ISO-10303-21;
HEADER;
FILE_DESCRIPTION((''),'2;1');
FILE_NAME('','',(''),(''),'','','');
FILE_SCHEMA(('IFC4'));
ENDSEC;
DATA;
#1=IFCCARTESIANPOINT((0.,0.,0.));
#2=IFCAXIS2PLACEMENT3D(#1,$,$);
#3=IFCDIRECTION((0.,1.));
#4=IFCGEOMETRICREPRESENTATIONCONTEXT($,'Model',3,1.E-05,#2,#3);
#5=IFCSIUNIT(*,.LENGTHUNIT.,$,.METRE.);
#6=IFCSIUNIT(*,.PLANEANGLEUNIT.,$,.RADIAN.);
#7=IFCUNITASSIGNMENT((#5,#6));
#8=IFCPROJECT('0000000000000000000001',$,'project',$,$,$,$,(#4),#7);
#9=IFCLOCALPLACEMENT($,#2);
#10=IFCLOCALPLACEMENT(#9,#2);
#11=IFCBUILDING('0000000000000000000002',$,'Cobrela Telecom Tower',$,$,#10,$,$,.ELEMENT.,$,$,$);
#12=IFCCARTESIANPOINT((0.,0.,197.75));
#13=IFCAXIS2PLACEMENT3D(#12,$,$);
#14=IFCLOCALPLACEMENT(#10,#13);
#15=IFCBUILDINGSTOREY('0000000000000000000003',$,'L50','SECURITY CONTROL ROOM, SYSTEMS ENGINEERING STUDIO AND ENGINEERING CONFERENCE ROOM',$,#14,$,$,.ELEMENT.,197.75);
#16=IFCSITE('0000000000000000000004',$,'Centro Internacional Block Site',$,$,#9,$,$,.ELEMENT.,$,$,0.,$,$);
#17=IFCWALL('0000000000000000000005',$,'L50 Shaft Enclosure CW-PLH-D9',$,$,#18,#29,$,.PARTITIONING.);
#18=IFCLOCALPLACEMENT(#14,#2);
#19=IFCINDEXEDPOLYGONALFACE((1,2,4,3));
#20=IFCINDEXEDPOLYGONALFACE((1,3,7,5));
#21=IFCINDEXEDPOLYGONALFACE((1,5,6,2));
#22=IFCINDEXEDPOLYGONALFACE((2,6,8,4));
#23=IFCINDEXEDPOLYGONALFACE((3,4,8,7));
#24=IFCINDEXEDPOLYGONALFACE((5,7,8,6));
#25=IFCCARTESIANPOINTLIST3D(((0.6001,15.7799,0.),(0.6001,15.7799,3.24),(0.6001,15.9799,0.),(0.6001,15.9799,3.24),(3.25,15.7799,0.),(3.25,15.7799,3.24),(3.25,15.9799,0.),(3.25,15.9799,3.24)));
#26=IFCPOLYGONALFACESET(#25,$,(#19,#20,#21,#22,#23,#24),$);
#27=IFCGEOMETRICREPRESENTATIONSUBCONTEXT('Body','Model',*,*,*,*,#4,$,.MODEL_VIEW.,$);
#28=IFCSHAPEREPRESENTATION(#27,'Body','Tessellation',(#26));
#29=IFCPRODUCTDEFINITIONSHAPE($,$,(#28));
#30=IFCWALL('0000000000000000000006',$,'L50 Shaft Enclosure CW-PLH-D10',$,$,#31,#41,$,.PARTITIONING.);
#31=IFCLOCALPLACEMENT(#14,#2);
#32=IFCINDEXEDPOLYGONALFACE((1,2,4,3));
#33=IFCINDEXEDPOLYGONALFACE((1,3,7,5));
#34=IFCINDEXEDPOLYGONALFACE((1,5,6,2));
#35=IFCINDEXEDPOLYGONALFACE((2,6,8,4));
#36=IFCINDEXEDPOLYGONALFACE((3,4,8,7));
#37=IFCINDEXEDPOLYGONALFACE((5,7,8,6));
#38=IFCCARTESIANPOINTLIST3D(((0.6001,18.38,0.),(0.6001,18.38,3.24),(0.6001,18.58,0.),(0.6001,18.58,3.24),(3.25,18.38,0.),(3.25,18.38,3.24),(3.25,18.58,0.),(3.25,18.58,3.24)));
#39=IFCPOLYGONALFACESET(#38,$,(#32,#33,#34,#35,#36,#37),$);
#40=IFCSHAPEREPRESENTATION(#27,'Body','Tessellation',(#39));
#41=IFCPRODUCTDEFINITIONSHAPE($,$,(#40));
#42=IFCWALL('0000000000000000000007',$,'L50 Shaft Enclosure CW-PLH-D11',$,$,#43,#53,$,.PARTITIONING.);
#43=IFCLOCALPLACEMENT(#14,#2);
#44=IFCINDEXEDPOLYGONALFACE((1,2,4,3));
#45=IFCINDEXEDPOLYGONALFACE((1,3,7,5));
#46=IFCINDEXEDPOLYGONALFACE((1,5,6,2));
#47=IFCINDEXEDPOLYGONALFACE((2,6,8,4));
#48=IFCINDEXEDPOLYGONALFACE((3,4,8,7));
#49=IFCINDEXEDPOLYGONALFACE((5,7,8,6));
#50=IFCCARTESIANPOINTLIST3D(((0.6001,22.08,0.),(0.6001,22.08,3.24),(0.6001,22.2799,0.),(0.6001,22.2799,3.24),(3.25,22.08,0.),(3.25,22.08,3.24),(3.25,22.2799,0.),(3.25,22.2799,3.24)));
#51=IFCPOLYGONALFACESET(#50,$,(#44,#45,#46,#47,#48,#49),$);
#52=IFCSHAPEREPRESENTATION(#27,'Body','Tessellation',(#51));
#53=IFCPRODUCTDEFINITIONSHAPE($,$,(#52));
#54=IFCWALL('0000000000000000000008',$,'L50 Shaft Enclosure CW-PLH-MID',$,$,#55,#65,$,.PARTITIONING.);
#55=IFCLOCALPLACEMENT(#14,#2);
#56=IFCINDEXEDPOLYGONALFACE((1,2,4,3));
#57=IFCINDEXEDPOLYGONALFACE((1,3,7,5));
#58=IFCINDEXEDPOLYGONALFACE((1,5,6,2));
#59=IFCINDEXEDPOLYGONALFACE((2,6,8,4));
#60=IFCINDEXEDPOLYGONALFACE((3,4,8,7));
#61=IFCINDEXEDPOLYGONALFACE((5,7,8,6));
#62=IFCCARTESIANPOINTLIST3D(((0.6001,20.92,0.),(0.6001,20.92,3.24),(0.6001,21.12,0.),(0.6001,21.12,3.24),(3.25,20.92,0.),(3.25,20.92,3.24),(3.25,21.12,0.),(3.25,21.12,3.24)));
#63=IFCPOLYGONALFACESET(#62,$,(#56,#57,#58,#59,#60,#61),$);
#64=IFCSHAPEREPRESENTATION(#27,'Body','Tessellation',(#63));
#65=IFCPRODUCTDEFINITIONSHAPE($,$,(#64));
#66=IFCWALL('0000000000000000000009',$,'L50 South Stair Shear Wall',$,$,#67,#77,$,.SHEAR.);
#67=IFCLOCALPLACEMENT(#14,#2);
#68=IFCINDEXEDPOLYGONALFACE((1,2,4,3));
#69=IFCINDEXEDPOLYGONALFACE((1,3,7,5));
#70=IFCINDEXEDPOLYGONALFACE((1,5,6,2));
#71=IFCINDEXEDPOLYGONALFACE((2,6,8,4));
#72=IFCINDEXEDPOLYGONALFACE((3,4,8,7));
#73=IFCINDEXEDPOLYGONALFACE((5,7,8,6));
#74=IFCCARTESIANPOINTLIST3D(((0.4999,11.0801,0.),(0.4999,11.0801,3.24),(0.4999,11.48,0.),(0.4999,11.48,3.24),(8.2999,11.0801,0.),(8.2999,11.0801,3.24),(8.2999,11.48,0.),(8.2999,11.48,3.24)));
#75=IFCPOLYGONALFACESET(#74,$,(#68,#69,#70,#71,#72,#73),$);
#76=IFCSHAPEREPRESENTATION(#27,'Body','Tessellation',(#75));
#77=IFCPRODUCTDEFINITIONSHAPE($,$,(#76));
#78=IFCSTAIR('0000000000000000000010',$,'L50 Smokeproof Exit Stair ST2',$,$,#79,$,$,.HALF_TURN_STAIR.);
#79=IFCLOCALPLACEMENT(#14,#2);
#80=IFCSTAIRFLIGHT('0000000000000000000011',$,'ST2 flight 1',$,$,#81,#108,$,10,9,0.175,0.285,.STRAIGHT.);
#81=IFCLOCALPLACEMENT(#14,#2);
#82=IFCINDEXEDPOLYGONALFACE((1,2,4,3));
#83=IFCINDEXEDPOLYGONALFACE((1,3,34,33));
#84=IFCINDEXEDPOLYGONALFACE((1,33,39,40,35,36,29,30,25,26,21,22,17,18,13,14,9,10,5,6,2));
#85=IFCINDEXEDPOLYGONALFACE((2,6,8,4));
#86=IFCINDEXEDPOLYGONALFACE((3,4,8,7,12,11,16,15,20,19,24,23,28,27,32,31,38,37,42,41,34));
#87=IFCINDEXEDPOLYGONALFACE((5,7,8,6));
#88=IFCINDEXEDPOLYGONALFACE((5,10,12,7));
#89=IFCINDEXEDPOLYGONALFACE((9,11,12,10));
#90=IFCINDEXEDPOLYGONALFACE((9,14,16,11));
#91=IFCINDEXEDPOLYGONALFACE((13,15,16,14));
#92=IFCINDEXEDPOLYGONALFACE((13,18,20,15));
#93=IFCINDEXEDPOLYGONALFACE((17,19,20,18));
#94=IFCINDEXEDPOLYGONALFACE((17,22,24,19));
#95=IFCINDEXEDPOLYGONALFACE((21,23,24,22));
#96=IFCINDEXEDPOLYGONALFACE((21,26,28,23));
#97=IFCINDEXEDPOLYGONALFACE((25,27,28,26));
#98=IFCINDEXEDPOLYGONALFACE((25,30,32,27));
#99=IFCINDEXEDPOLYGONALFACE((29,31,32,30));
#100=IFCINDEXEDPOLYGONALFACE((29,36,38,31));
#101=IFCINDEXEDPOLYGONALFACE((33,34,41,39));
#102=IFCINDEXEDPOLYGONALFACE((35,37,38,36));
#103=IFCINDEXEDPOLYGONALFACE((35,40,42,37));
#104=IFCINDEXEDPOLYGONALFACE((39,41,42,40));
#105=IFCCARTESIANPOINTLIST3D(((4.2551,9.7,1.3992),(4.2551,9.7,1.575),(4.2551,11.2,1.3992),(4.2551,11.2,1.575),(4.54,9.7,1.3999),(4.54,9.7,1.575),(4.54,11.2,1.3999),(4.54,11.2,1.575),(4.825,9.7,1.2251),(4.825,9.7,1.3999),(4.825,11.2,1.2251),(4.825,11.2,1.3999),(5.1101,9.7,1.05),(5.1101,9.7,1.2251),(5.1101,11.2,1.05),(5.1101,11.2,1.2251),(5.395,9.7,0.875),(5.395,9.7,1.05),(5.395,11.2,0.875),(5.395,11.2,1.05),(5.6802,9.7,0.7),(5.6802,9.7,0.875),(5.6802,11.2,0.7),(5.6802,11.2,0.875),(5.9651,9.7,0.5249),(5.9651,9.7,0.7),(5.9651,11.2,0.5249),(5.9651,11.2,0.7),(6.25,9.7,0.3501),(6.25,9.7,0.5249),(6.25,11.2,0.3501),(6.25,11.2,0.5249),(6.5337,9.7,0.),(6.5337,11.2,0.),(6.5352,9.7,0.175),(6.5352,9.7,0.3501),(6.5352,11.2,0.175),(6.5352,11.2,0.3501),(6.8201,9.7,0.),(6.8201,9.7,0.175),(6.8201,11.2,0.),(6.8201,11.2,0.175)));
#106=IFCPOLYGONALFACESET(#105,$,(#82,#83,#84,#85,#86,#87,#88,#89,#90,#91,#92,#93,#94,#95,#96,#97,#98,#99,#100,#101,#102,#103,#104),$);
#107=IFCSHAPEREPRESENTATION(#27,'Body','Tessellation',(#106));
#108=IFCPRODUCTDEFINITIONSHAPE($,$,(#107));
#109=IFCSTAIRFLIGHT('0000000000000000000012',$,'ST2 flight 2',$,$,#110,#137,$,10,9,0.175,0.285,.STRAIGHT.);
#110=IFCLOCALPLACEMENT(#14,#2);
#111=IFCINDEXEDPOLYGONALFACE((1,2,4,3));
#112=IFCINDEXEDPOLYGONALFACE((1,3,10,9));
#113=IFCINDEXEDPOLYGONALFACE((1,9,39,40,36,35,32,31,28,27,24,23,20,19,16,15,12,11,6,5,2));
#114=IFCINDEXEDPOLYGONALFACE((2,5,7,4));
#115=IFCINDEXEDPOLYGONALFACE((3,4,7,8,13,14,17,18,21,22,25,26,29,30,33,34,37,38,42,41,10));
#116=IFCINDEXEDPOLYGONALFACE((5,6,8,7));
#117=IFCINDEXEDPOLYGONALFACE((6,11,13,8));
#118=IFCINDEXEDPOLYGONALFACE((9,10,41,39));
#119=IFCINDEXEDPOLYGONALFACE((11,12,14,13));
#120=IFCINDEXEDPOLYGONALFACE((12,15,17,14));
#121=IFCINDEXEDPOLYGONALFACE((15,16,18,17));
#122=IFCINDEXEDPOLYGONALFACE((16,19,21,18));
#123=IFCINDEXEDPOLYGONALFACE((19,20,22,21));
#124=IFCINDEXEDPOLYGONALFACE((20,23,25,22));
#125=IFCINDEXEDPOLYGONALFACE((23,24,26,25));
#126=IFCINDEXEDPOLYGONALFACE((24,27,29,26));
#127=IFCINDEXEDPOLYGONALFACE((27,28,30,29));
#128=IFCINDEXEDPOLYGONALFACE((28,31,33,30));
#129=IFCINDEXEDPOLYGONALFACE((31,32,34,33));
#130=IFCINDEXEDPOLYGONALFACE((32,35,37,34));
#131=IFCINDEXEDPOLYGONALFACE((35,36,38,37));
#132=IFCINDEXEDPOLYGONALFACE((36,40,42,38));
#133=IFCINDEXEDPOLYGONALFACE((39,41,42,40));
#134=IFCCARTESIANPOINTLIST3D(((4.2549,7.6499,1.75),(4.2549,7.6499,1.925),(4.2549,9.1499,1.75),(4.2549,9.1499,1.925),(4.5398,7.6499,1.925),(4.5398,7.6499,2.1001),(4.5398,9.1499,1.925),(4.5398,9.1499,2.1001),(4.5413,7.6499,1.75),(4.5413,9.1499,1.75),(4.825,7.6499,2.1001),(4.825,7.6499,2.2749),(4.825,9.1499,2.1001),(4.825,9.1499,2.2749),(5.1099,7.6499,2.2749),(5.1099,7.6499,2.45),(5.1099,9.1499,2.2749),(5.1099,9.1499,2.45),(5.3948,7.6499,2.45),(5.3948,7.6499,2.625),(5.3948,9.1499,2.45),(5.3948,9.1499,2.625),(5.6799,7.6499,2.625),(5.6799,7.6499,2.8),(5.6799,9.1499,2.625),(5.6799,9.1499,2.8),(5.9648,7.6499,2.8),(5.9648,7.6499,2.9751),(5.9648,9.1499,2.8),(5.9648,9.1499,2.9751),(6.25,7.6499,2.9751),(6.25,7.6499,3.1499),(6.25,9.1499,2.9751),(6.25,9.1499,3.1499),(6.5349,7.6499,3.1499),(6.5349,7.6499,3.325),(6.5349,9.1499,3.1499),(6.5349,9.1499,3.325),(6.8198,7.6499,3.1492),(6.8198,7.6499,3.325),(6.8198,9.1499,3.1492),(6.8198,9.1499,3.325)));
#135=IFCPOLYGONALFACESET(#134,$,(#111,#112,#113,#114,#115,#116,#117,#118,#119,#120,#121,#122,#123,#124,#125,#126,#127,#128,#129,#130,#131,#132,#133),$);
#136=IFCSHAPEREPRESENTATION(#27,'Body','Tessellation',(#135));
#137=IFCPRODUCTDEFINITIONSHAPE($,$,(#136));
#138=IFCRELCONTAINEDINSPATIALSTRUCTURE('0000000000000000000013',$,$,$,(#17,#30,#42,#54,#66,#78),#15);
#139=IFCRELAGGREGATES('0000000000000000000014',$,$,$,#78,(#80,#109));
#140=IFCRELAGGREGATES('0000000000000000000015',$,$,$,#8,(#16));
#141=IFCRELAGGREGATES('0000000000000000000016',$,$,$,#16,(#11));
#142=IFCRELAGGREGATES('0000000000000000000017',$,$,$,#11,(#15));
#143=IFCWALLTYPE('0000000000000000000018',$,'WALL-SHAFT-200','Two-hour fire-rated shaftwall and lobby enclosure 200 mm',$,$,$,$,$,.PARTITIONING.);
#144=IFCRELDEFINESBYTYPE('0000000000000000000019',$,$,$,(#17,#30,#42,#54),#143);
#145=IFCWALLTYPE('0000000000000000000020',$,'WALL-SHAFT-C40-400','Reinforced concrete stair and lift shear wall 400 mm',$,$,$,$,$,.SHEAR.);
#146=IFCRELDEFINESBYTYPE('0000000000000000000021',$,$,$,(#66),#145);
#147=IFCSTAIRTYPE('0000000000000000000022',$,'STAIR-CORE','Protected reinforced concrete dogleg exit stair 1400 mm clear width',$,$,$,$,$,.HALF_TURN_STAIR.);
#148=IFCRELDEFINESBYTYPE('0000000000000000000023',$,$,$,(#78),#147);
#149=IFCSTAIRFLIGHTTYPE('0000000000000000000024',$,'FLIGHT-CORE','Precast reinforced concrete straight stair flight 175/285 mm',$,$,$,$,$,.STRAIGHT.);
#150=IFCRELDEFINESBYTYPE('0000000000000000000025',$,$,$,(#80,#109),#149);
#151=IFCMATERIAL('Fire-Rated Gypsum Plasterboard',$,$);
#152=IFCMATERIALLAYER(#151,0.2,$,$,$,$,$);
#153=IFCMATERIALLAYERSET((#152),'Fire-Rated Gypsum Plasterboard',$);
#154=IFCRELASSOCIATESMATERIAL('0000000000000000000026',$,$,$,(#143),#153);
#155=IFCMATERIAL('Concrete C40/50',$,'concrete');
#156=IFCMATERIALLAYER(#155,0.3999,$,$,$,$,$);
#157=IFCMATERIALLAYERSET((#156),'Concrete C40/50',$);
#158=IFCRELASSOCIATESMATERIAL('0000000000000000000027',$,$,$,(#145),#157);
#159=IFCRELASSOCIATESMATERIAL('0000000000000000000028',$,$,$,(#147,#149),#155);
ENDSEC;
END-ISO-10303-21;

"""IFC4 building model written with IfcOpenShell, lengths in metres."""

from ifc_helpers import new_model, si_unit, direction, frame, frame_2d, origin, place, context, subcontext, project, spatial, polyline, rectangle, outline, extrude, material, layer, layer_set, type_object, element, aggregate, save


model = new_model("IFC4")

# Units and contexts
model_context = context("Model", 3, precision=1e-05, world=origin(), true_north=direction((0.0, 1.0)))
body_context = subcontext(model_context, "Body", "Model", "MODEL_VIEW")
ifc_project = project(units=[si_unit("LENGTHUNIT", "METRE"), si_unit("PLANEANGLEUNIT", "RADIAN")], contexts=[model_context])

# Site, building, storey
site_placement = place(None, origin())
site = spatial("IfcSite", under=ifc_project, at=site_placement, Name="Centro Internacional Block Site", CompositionType="ELEMENT", RefElevation=0.0)
building_placement = place(site_placement, origin())
building = spatial("IfcBuilding", under=site, at=building_placement, Name="Cobrela Telecom Tower", CompositionType="ELEMENT")
storey_placement = place(building_placement, frame((0.0, 0.0, 197.75)))
storey = spatial("IfcBuildingStorey", under=building, at=storey_placement, Name="L50", Description="SECURITY CONTROL ROOM, SYSTEMS ENGINEERING STUDIO AND ENGINEERING CONFERENCE ROOM", CompositionType="ELEMENT", Elevation=197.75)

# Shared definitions
ifc_material_1 = material(Name="Fire-Rated Gypsum Plasterboard")

# Shared definitions
ifc_layer_1 = layer(ifc_material_1, 0.2)
ifc_layer_set_1 = layer_set([ifc_layer_1], Name="Fire-Rated Gypsum Plasterboard")
wall_type_1 = type_object("IfcWallType", Name="WALL-SHAFT-200", Description="Two-hour fire-rated shaftwall and lobby enclosure 200 mm", PredefinedType="PARTITIONING", material=ifc_layer_set_1)

# Walls
for number, where, z_axis, x_axis, name in (
    (1, (0.6001, 15.8799, 0.0), (0.0, 0.0, 1.0), (1.0, 0.0, 0.0), "L50 Shaft Enclosure CW-PLH-D9"),
    (2, (0.6001, 18.48, 0.0), (0.0, 0.0, 1.0), (1.0, 0.0, 0.0), "L50 Shaft Enclosure CW-PLH-D10"),
    (3, (0.6001, 22.1799, 0.0), (0.0, 0.0, 1.0), (1.0, 0.0, 0.0), "L50 Shaft Enclosure CW-PLH-D11"),
    (4, (0.6001, 21.02, 0.0), (0.0, 0.0, 1.0), (1.0, 0.0, 0.0), "L50 Shaft Enclosure CW-PLH-MID"),
):
    element("IfcWall", number, at=place(storey_placement, frame(where, z_axis=z_axis, x_axis=x_axis)), inside=storey, type_object=wall_type_1, Name=name, PredefinedType="PARTITIONING", context=body_context, shape_type="SweptSolid", body=[
        extrude(rectangle(XDim=2.6499, YDim=0.2, at=frame_2d((1.325, 0.0))), origin(), (0.0, 0.0, 1.0), 3.24),
    ])
ifc_material_2 = material(Name="Concrete C40/50", Category="concrete")
ifc_layer_2 = layer(ifc_material_2, 0.3999)
ifc_layer_set_2 = layer_set([ifc_layer_2], Name="Concrete C40/50")
wall_type_2 = type_object("IfcWallType", Name="WALL-SHAFT-C40-400", Description="Reinforced concrete stair and lift shear wall 400 mm", PredefinedType="SHEAR", material=ifc_layer_set_2)
wall_1_placement = place(storey_placement, frame((0.5, 11.28, 0.0), z_axis=(0.0, 0.0, 1.0), x_axis=(1.0, 0.0, 0.0)))
element("IfcWall", 5, at=wall_1_placement, inside=storey, type_object=wall_type_2, Name="L50 South Stair Shear Wall", PredefinedType="SHEAR", context=body_context, shape_type="SweptSolid", body=[
    extrude(rectangle(XDim=7.8, YDim=0.3999, at=frame_2d((3.8999, 0.0))), origin(), (0.0, 0.0, 1.0), 3.24),
])

# Stair, stair flights
stair_type = type_object("IfcStairType", Name="STAIR-CORE", Description="Protected reinforced concrete dogleg exit stair 1400 mm clear width", PredefinedType="HALF_TURN_STAIR", material=ifc_material_2)
stair_placement = place(storey_placement, origin())
stair = element("IfcStair", 6, at=stair_placement, inside=storey, type_object=stair_type, Name="L50 Smokeproof Exit Stair ST2", PredefinedType="HALF_TURN_STAIR")
stair_flight_type = type_object("IfcStairFlightType", Name="FLIGHT-CORE", Description="Precast reinforced concrete straight stair flight 175/285 mm", PredefinedType="STRAIGHT", material=ifc_material_2)
stair_flight_1_placement = place(storey_placement, frame((6.8201, 10.45, 0.0), z_axis=(0.0, 0.0, 1.0), x_axis=(-1.0, 0.0, 0.0)))
stair_flight_1 = element("IfcStairFlight", 7, at=stair_flight_1_placement, type_object=stair_flight_type, Name="ST2 flight 1", NumberOfRisers=10, NumberOfTreads=9, PredefinedType="STRAIGHT", RiserHeight=0.175, TreadLength=0.285, context=body_context, shape_type="SweptSolid", body=[
    extrude(outline(polyline([(0.0, 0.0), (0.0, 0.175), (0.2849, 0.175), (0.2849, 0.3501), (0.5701, 0.3501), (0.5701, 0.5249), (0.855, 0.5249), (0.855, 0.7), (1.1399, 0.7), (1.1399, 0.875), (1.425, 0.875), (1.425, 1.05), (1.71, 1.05), (1.71, 1.2251), (1.9951, 1.2251), (1.9951, 1.3999), (2.28, 1.3999), (2.28, 1.575), (2.5649, 1.575), (2.5649, 1.75), (2.5649, 1.3992), (0.2864, 0.0), (0.0, 0.0)])), frame((0.0, 0.75, 0.0), z_axis=(0.0, -1.0, 0.0), x_axis=(1.0, 0.0, 0.0)), (0.0, 0.0, 1.0), 1.5),
])
stair_flight_2_placement = place(storey_placement, frame((4.2549, 8.3999, 1.75), z_axis=(0.0, 0.0, 1.0), x_axis=(1.0, 0.0, 0.0)))
stair_flight_2 = element("IfcStairFlight", 8, at=stair_flight_2_placement, type_object=stair_flight_type, Name="ST2 flight 2", NumberOfRisers=10, NumberOfTreads=9, PredefinedType="STRAIGHT", RiserHeight=0.175, TreadLength=0.285, context=body_context, shape_type="SweptSolid", body=[
    extrude(outline(polyline([(0.0, 0.0), (0.0, 0.175), (0.2849, 0.175), (0.2849, 0.3501), (0.5701, 0.3501), (0.5701, 0.5249), (0.855, 0.5249), (0.855, 0.7), (1.1399, 0.7), (1.1399, 0.875), (1.425, 0.875), (1.425, 1.05), (1.71, 1.05), (1.71, 1.2251), (1.9951, 1.2251), (1.9951, 1.3999), (2.28, 1.3999), (2.28, 1.575), (2.5649, 1.575), (2.5649, 1.75), (2.5649, 1.3992), (0.2864, 0.0), (0.0, 0.0)])), frame((0.0, 0.75, 0.0), z_axis=(0.0, -1.0, 0.0), x_axis=(1.0, 0.0, 0.0)), (0.0, 0.0, 1.0), 1.5),
])
aggregate(stair, [stair_flight_1, stair_flight_2])

save(model, "model.ifc")
